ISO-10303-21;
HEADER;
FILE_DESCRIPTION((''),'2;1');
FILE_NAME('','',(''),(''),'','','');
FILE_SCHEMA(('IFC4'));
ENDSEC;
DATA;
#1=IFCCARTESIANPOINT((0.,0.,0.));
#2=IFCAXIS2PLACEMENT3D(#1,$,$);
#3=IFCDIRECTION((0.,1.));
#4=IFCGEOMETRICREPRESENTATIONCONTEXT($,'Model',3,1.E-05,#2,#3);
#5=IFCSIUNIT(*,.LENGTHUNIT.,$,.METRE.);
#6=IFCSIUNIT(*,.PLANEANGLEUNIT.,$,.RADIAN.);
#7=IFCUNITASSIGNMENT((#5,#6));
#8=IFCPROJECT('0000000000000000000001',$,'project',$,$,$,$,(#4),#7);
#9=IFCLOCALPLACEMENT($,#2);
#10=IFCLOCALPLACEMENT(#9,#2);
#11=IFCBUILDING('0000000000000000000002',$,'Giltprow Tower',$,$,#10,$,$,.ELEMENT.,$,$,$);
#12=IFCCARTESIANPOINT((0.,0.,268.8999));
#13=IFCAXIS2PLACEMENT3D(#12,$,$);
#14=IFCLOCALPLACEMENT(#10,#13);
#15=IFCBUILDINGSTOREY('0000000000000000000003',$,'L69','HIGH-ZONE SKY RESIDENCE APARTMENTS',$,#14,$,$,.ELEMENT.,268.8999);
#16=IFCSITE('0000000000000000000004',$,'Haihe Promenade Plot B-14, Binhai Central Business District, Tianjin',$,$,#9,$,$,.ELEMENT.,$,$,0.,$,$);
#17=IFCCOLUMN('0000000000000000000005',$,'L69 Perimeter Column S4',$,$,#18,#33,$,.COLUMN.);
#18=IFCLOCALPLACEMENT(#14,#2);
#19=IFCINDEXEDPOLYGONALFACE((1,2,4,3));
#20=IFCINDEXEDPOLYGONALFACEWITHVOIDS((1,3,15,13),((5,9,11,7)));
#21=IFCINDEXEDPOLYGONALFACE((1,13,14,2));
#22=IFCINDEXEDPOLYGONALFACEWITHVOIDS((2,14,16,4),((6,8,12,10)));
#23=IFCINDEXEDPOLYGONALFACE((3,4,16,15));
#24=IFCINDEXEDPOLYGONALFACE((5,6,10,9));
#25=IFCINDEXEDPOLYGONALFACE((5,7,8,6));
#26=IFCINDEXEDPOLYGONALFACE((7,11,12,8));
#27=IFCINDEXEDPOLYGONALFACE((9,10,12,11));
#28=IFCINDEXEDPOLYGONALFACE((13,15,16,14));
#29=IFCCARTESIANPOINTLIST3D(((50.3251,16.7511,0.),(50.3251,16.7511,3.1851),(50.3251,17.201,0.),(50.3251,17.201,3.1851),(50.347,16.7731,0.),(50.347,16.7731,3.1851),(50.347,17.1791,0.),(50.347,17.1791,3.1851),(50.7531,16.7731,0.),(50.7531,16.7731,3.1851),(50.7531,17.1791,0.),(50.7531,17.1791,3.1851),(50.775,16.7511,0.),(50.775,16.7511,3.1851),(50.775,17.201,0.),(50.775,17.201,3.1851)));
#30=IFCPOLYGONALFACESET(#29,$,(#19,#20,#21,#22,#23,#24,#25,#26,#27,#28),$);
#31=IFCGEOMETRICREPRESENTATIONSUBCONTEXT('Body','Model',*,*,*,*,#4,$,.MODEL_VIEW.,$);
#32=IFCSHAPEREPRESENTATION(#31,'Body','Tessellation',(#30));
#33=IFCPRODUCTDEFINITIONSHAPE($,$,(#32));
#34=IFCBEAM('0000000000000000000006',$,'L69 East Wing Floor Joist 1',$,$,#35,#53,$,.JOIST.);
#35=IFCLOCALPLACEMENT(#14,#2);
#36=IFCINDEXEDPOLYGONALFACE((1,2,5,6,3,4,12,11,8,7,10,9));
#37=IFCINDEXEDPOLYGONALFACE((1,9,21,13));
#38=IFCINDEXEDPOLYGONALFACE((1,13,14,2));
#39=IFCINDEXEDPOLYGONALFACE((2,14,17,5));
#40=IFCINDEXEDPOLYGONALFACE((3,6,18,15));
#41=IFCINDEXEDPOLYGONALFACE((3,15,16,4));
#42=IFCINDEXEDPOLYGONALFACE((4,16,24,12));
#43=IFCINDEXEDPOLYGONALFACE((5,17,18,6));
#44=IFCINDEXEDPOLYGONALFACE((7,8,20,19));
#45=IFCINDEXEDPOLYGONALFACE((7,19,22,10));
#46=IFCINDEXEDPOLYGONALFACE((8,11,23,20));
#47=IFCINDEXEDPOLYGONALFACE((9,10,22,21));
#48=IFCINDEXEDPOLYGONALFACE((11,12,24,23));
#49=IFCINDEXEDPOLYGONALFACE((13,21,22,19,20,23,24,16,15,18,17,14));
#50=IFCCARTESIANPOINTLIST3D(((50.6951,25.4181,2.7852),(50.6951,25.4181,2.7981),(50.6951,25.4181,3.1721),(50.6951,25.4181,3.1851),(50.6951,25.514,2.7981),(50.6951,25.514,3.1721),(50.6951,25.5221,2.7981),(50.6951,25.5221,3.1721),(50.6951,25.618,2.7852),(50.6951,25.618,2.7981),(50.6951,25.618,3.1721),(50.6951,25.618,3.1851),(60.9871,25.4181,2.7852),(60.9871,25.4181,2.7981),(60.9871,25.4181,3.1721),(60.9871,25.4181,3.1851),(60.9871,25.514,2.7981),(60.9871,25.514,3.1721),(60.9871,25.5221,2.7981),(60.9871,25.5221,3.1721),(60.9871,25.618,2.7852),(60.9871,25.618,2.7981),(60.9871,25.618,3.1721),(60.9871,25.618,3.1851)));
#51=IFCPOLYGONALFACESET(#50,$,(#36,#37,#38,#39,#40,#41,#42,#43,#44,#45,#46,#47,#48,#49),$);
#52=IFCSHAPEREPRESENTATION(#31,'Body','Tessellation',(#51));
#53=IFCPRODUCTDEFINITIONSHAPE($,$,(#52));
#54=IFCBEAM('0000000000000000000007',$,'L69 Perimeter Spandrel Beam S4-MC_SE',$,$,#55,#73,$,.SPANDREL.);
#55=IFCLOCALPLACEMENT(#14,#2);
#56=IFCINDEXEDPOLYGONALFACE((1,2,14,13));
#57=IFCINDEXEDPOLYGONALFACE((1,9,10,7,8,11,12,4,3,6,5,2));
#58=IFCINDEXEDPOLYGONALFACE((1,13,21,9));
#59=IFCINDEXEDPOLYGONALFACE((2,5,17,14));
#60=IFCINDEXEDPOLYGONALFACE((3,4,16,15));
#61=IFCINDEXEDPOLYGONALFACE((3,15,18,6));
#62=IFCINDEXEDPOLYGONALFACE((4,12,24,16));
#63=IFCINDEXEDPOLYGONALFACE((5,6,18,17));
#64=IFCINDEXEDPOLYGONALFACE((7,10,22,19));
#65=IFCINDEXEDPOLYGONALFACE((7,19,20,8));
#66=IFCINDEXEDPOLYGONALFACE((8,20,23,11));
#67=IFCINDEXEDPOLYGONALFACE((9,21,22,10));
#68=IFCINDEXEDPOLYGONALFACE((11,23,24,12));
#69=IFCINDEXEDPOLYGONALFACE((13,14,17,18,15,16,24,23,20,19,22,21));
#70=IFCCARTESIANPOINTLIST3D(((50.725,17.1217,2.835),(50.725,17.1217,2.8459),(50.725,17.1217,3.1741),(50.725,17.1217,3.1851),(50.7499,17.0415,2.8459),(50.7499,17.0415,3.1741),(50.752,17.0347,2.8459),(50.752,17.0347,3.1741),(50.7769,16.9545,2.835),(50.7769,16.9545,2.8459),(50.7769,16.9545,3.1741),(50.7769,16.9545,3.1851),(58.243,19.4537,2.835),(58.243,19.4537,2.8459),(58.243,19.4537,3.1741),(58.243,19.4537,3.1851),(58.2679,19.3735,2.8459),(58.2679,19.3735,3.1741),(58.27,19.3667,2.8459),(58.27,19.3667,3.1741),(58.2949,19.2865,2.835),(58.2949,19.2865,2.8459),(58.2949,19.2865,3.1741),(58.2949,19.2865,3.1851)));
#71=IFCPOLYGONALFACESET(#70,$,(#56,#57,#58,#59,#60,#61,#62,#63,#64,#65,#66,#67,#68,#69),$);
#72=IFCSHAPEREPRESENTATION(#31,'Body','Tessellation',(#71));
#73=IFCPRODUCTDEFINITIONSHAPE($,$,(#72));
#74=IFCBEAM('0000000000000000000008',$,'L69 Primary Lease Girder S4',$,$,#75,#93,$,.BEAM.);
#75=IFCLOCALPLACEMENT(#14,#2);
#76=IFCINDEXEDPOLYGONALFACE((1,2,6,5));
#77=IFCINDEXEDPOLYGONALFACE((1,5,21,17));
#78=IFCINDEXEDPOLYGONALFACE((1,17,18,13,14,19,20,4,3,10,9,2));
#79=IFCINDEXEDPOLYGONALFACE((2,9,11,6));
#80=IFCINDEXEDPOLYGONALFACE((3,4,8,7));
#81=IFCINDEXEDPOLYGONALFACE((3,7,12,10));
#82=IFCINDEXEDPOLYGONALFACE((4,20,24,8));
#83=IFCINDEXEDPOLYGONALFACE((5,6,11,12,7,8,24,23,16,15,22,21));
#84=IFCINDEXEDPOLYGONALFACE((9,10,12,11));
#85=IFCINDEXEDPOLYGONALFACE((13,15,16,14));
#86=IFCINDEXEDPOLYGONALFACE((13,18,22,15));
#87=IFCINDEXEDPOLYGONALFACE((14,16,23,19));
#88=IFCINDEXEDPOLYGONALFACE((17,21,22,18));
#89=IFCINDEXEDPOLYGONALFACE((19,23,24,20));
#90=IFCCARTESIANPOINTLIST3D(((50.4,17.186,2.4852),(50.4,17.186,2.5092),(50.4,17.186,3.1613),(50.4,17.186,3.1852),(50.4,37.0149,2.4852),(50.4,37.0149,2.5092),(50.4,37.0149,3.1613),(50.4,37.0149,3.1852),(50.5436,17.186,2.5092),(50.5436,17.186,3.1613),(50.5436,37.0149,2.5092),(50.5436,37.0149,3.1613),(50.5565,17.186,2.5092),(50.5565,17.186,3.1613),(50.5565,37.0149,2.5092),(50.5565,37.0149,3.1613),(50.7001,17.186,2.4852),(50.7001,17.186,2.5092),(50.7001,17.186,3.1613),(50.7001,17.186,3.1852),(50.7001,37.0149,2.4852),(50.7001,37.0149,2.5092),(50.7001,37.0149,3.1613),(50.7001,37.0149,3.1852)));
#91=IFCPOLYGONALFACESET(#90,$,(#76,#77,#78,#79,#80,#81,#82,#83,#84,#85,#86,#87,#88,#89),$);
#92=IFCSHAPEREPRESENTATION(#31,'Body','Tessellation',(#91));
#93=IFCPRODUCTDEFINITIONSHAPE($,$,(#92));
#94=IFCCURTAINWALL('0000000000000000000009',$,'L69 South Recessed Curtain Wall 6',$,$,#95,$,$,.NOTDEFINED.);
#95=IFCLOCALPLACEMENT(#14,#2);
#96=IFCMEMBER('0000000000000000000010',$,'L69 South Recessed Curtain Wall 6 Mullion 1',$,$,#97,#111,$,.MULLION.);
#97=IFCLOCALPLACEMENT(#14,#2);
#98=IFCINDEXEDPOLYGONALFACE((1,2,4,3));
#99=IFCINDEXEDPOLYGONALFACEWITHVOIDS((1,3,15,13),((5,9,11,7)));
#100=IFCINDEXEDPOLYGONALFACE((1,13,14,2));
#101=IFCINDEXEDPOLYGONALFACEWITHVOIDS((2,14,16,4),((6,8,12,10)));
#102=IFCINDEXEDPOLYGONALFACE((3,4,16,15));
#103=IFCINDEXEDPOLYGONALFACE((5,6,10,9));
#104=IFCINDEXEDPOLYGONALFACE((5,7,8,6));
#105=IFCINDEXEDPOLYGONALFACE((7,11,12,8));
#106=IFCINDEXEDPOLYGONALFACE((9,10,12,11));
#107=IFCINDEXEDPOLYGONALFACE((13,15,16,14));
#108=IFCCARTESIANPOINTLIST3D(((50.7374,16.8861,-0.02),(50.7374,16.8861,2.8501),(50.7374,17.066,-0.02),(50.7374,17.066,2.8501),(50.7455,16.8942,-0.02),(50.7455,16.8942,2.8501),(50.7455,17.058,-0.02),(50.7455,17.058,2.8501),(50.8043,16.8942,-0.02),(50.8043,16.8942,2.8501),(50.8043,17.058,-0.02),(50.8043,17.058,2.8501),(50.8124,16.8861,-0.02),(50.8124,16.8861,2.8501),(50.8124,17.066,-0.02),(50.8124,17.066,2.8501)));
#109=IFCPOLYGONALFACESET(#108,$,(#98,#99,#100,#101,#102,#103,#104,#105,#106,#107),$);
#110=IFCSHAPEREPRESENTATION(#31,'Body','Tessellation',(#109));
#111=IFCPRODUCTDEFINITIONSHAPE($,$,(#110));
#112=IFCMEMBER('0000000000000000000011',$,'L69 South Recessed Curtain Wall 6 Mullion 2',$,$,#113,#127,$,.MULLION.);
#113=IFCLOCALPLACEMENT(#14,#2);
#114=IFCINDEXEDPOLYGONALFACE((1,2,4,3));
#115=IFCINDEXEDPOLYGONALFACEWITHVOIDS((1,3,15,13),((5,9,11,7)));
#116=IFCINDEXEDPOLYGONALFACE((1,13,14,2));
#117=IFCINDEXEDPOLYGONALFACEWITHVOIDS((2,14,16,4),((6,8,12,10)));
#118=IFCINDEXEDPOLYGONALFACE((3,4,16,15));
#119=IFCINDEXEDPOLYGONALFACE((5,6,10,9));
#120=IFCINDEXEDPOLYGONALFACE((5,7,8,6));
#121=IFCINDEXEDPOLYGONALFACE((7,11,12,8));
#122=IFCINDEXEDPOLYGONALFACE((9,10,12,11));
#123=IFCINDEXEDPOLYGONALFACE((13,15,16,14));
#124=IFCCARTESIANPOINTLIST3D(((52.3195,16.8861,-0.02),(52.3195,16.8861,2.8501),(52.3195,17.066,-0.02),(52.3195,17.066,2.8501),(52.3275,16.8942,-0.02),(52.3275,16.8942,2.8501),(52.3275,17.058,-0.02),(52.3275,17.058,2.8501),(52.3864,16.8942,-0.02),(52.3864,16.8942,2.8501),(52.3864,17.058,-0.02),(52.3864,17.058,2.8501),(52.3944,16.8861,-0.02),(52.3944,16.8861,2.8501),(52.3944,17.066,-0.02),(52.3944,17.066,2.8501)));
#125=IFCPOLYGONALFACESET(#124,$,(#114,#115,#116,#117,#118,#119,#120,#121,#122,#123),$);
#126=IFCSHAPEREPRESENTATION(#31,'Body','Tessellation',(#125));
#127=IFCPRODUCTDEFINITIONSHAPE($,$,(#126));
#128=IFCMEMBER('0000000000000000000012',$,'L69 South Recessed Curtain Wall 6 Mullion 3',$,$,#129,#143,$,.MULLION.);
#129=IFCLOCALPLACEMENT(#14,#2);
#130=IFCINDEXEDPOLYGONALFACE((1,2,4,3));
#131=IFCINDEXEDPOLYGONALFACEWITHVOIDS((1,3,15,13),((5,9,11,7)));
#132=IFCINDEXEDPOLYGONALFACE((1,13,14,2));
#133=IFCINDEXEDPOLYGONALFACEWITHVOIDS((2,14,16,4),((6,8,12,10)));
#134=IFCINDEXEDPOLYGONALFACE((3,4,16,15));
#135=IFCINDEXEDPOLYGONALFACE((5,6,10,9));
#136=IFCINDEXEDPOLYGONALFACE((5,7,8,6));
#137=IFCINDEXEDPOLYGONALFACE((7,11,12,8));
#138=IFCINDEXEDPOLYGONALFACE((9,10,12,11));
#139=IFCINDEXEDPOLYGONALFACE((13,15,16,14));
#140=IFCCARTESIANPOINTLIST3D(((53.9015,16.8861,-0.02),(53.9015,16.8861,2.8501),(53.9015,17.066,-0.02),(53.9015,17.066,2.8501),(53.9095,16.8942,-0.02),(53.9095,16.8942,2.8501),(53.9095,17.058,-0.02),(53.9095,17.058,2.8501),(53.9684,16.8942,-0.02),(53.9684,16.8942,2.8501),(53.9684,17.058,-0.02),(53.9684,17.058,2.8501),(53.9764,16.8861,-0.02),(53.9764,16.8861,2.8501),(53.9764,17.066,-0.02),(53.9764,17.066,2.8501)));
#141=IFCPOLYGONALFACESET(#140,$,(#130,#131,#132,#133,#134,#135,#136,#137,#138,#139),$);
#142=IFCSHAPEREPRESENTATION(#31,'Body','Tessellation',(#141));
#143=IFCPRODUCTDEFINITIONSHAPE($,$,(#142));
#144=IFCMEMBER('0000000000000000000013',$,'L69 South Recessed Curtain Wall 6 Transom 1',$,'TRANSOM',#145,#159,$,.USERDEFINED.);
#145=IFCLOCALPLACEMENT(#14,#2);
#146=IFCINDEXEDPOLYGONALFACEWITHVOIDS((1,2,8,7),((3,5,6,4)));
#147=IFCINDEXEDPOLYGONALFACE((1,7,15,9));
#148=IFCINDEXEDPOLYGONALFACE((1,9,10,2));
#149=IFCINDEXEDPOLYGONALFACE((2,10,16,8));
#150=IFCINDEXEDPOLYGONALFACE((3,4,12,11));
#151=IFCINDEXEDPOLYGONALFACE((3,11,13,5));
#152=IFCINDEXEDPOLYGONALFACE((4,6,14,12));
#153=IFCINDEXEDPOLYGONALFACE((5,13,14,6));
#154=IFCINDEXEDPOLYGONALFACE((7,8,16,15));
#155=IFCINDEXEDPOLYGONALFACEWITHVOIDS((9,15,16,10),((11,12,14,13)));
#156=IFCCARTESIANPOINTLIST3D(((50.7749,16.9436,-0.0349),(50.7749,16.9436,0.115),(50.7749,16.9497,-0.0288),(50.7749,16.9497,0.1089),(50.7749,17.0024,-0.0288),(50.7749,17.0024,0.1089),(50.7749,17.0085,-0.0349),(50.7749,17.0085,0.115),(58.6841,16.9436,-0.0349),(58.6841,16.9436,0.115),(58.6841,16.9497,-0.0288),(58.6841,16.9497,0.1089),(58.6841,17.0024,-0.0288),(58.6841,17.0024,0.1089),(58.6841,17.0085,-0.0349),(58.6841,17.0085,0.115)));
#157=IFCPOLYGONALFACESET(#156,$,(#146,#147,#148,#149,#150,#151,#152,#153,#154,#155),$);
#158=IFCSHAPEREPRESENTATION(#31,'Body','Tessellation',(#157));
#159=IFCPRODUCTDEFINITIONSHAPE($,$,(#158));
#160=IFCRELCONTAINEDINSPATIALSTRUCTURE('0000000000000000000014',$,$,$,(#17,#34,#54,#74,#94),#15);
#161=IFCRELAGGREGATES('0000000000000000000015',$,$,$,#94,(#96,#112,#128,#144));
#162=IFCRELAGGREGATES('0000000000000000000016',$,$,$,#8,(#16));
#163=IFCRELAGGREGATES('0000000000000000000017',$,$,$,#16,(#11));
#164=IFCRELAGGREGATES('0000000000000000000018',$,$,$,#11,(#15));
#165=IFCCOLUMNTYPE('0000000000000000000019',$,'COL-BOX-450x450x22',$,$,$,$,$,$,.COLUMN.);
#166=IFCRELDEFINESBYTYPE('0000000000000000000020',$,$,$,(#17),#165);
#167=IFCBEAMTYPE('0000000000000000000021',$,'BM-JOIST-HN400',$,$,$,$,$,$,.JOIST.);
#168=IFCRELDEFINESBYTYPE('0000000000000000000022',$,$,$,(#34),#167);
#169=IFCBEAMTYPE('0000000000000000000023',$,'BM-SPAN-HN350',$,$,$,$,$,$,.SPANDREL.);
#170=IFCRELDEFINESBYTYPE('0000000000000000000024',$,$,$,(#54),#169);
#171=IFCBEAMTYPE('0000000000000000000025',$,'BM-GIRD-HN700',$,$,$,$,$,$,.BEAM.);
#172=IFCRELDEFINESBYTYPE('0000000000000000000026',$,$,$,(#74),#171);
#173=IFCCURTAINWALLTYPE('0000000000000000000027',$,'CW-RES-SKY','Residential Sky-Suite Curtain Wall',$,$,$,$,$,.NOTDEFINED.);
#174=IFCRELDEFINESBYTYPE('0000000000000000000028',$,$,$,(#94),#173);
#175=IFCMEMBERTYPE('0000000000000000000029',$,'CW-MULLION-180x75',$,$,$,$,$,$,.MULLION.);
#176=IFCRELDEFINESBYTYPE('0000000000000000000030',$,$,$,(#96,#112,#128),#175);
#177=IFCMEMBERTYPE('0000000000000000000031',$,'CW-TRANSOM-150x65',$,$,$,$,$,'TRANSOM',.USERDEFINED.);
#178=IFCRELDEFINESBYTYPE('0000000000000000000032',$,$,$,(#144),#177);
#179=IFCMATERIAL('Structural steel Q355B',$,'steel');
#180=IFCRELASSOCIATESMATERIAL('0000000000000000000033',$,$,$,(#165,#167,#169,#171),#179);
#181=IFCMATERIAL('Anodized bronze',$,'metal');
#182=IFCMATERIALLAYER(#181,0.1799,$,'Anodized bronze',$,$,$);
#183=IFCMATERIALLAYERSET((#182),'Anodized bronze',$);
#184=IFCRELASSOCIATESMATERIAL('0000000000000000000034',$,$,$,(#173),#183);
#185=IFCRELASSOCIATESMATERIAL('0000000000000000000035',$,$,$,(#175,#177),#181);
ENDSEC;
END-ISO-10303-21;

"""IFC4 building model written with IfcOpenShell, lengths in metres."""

from ifc_helpers import new_model, si_unit, direction, frame, origin, origin_2d, place, context, subcontext, project, spatial, hollow_rectangle, i_section, extrude, source, transform, mapped, material, layer, layer_set, material_profile, profile_set, type_object, element, aggregate, save


model = new_model("IFC4")

# Units and contexts
model_context = context("Model", 3, precision=1e-05, world=origin(), true_north=direction((0.0, 1.0)))
body_context = subcontext(model_context, "Body", "Model", "MODEL_VIEW")
ifc_project = project(units=[si_unit("LENGTHUNIT", "METRE"), si_unit("PLANEANGLEUNIT", "RADIAN")], contexts=[model_context])

# Site, building, storey
site_placement = place(None, origin())
site = spatial("IfcSite", under=ifc_project, at=site_placement, Name="Haihe Promenade Plot B-14, Binhai Central Business District, Tianjin", CompositionType="ELEMENT", RefElevation=0.0)
building_placement = place(site_placement, origin())
building = spatial("IfcBuilding", under=site, at=building_placement, Name="Giltprow Tower", CompositionType="ELEMENT")
storey_placement = place(building_placement, frame((0.0, 0.0, 268.8999)))
storey = spatial("IfcBuildingStorey", under=building, at=storey_placement, Name="L69", Description="HIGH-ZONE SKY RESIDENCE APARTMENTS", CompositionType="ELEMENT", Elevation=268.8999)

# Column
ifc_material_1 = material(Name="Structural steel Q355B", Category="steel")
ifc_material_profile_1 = material_profile(ifc_material_1, hollow_rectangle(XDim=0.45, YDim=0.45, WallThickness=0.022, at=origin_2d()), Name="BOX 450x450x22")
ifc_profile_set_1 = profile_set([ifc_material_profile_1], Name="Structural steel Q355B")
column_type = type_object("IfcColumnType", Name="COL-BOX-450x450x22", PredefinedType="COLUMN", material=ifc_profile_set_1)
shared_shape_1 = source(origin(), body_context, "Body", "SweptSolid", [
    extrude(hollow_rectangle(XDim=0.45, YDim=0.45, WallThickness=0.022, at=origin_2d()), origin(), (0.0, 0.0, 1.0), 3.1851),
])
column_placement = place(storey_placement, frame((50.55, 16.9761, 0.0), z_axis=(0.0, 0.0, 1.0), x_axis=(1.0, 0.0, 0.0)))
element("IfcColumn", 1, at=column_placement, inside=storey, type_object=column_type, Name="L69 Perimeter Column S4", PredefinedType="COLUMN", context=body_context, shape_type="MappedRepresentation", body=[
    mapped(shared_shape_1, transform((0.0, 0.0, 0.0), x_axis=(1.0, 0.0, 0.0), y_axis=(0.0, 1.0, 0.0), z_axis=(0.0, 0.0, 1.0), scale=1.0)),
])

# Beams
ifc_material_profile_2 = material_profile(ifc_material_1, i_section(OverallWidth=0.2, OverallDepth=0.3999, WebThickness=0.0081, FlangeThickness=0.0129, at=origin_2d()), Name="HN 400x200x8x13")
ifc_profile_set_2 = profile_set([ifc_material_profile_2], Name="Structural steel Q355B")
beam_type_1 = type_object("IfcBeamType", Name="BM-JOIST-HN400", PredefinedType="JOIST", material=ifc_profile_set_2)
shared_shape_2 = source(origin(), body_context, "Body", "SweptSolid", [
    extrude(i_section(OverallWidth=0.2, OverallDepth=0.3999, WebThickness=0.0081, FlangeThickness=0.0129, at=origin_2d()), origin(), (0.0, 0.0, 1.0), 10.292),
])
beam_1_placement = place(storey_placement, frame((50.6951, 25.5181, 2.9851), z_axis=(1.0, 0.0, 0.0), x_axis=(0.0, 1.0, 0.0)))
element("IfcBeam", 2, at=beam_1_placement, inside=storey, type_object=beam_type_1, Name="L69 East Wing Floor Joist 1", PredefinedType="JOIST", context=body_context, shape_type="MappedRepresentation", body=[
    mapped(shared_shape_2, transform((0.0, 0.0, 0.0), x_axis=(1.0, 0.0, 0.0), y_axis=(0.0, 1.0, 0.0), z_axis=(0.0, 0.0, 1.0), scale=1.0)),
])
ifc_material_profile_3 = material_profile(ifc_material_1, i_section(OverallWidth=0.175, OverallDepth=0.3501, WebThickness=0.0071, FlangeThickness=0.011, at=origin_2d()), Name="HN 350x175x7x11")
ifc_profile_set_3 = profile_set([ifc_material_profile_3], Name="Structural steel Q355B")
beam_type_2 = type_object("IfcBeamType", Name="BM-SPAN-HN350", PredefinedType="SPANDREL", material=ifc_profile_set_3)
shared_shape_3 = source(origin(), body_context, "Body", "SweptSolid", [
    extrude(i_section(OverallWidth=0.175, OverallDepth=0.3501, WebThickness=0.0071, FlangeThickness=0.011, at=origin_2d()), origin(), (0.0, 0.0, 1.0), 7.8713),
])
beam_2_placement = place(storey_placement, frame((50.751, 17.0381, 3.01), z_axis=(0.955106, 0.296265, 0.0), x_axis=(-0.296265, 0.955106, 0.0)))
element("IfcBeam", 3, at=beam_2_placement, inside=storey, type_object=beam_type_2, Name="L69 Perimeter Spandrel Beam S4-MC_SE", PredefinedType="SPANDREL", context=body_context, shape_type="MappedRepresentation", body=[
    mapped(shared_shape_3, transform((0.0, 0.0, 0.0), x_axis=(1.0, 0.0, 0.0), y_axis=(0.0, 1.0, 0.0), z_axis=(0.0, 0.0, 1.0), scale=1.0)),
])
ifc_material_profile_4 = material_profile(ifc_material_1, i_section(OverallWidth=0.3, OverallDepth=0.7, WebThickness=0.0129, FlangeThickness=0.0239, at=origin_2d()), Name="HN 700x300x13x24")
ifc_profile_set_4 = profile_set([ifc_material_profile_4], Name="Structural steel Q355B")
beam_type_3 = type_object("IfcBeamType", Name="BM-GIRD-HN700", PredefinedType="BEAM", material=ifc_profile_set_4)
shared_shape_4 = source(origin(), body_context, "Body", "SweptSolid", [
    extrude(i_section(OverallWidth=0.3, OverallDepth=0.7, WebThickness=0.0129, FlangeThickness=0.0239, at=origin_2d()), origin(), (0.0, 0.0, 1.0), 19.8289),
])
beam_3_placement = place(storey_placement, frame((50.55, 17.186, 2.8352), z_axis=(0.0, 1.0, 0.0), x_axis=(-1.0, 0.0, 0.0)))
element("IfcBeam", 4, at=beam_3_placement, inside=storey, type_object=beam_type_3, Name="L69 Primary Lease Girder S4", PredefinedType="BEAM", context=body_context, shape_type="MappedRepresentation", body=[
    mapped(shared_shape_4, transform((0.0, 0.0, 0.0), x_axis=(1.0, 0.0, 0.0), y_axis=(0.0, 1.0, 0.0), z_axis=(0.0, 0.0, 1.0), scale=1.0)),
])

# Curtain wall, members
ifc_material_2 = material(Name="Anodized bronze", Category="metal")
ifc_layer_1 = layer(ifc_material_2, 0.1799, Name="Anodized bronze")
ifc_layer_set_1 = layer_set([ifc_layer_1], Name="Anodized bronze")
curtain_wall_type = type_object("IfcCurtainWallType", Name="CW-RES-SKY", Description="Residential Sky-Suite Curtain Wall", PredefinedType="NOTDEFINED", material=ifc_layer_set_1)
curtain_wall_placement = place(storey_placement, origin())
curtain_wall = element("IfcCurtainWall", 5, at=curtain_wall_placement, inside=storey, type_object=curtain_wall_type, Name="L69 South Recessed Curtain Wall 6", PredefinedType="NOTDEFINED")
ifc_material_profile_5 = material_profile(ifc_material_2, hollow_rectangle(XDim=0.075, YDim=0.1799, WallThickness=0.0081, at=origin_2d()), Name="RHS 180x75x8")
ifc_profile_set_5 = profile_set([ifc_material_profile_5], Name="Anodized bronze")
member_type_1 = type_object("IfcMemberType", Name="CW-MULLION-180x75", PredefinedType="MULLION", material=ifc_profile_set_5)
shared_shape_5 = source(origin(), body_context, "Body", "SweptSolid", [
    extrude(hollow_rectangle(XDim=0.075, YDim=0.1799, WallThickness=0.0081, at=origin_2d()), origin(), (0.0, 0.0, 1.0), 2.8701),
])
member_1_placement = place(storey_placement, frame((50.7749, 16.9761, -0.02), z_axis=(0.0, 0.0, 1.0), x_axis=(1.0, 0.0, 0.0)))
member_1 = element("IfcMember", 6, at=member_1_placement, type_object=member_type_1, Name="L69 South Recessed Curtain Wall 6 Mullion 1", PredefinedType="MULLION", context=body_context, shape_type="MappedRepresentation", body=[
    mapped(shared_shape_5, transform((0.0, 0.0, 0.0), x_axis=(1.0, 0.0, 0.0), y_axis=(0.0, 1.0, 0.0), z_axis=(0.0, 0.0, 1.0), scale=1.0)),
])
member_2_placement = place(storey_placement, frame((52.3569, 16.9761, -0.02), z_axis=(0.0, 0.0, 1.0), x_axis=(1.0, 0.0, 0.0)))
member_2 = element("IfcMember", 7, at=member_2_placement, type_object=member_type_1, Name="L69 South Recessed Curtain Wall 6 Mullion 2", PredefinedType="MULLION", context=body_context, shape_type="MappedRepresentation", body=[
    mapped(shared_shape_5, transform((0.0, 0.0, 0.0), x_axis=(1.0, 0.0, 0.0), y_axis=(0.0, 1.0, 0.0), z_axis=(0.0, 0.0, 1.0), scale=1.0)),
])
member_3_placement = place(storey_placement, frame((53.939, 16.9761, -0.02), z_axis=(0.0, 0.0, 1.0), x_axis=(1.0, 0.0, 0.0)))
member_3 = element("IfcMember", 8, at=member_3_placement, type_object=member_type_1, Name="L69 South Recessed Curtain Wall 6 Mullion 3", PredefinedType="MULLION", context=body_context, shape_type="MappedRepresentation", body=[
    mapped(shared_shape_5, transform((0.0, 0.0, 0.0), x_axis=(1.0, 0.0, 0.0), y_axis=(0.0, 1.0, 0.0), z_axis=(0.0, 0.0, 1.0), scale=1.0)),
])
ifc_material_profile_6 = material_profile(ifc_material_2, hollow_rectangle(XDim=0.0649, YDim=0.1499, WallThickness=0.0061, at=origin_2d()), Name="RHS 150x65x6")
ifc_profile_set_6 = profile_set([ifc_material_profile_6], Name="Anodized bronze")
member_type_2 = type_object("IfcMemberType", Name="CW-TRANSOM-150x65", ElementType="TRANSOM", PredefinedType="USERDEFINED", material=ifc_profile_set_6)
shared_shape_6 = source(origin(), body_context, "Body", "SweptSolid", [
    extrude(hollow_rectangle(XDim=0.0649, YDim=0.1499, WallThickness=0.0061, at=origin_2d()), origin(), (0.0, 0.0, 1.0), 7.9092),
])
member_4_placement = place(storey_placement, frame((50.7749, 16.9761, 0.04), z_axis=(1.0, 0.0, 0.0), x_axis=(0.0, 1.0, 0.0)))
member_4 = element("IfcMember", 9, at=member_4_placement, type_object=member_type_2, Name="L69 South Recessed Curtain Wall 6 Transom 1", ObjectType="TRANSOM", PredefinedType="USERDEFINED", context=body_context, shape_type="MappedRepresentation", body=[
    mapped(shared_shape_6, transform((0.0, 0.0, 0.0), x_axis=(1.0, 0.0, 0.0), y_axis=(0.0, 1.0, 0.0), z_axis=(0.0, 0.0, 1.0), scale=1.0)),
])
aggregate(curtain_wall, [member_1, member_2, member_3, member_4])

save(model, "model.ifc")
